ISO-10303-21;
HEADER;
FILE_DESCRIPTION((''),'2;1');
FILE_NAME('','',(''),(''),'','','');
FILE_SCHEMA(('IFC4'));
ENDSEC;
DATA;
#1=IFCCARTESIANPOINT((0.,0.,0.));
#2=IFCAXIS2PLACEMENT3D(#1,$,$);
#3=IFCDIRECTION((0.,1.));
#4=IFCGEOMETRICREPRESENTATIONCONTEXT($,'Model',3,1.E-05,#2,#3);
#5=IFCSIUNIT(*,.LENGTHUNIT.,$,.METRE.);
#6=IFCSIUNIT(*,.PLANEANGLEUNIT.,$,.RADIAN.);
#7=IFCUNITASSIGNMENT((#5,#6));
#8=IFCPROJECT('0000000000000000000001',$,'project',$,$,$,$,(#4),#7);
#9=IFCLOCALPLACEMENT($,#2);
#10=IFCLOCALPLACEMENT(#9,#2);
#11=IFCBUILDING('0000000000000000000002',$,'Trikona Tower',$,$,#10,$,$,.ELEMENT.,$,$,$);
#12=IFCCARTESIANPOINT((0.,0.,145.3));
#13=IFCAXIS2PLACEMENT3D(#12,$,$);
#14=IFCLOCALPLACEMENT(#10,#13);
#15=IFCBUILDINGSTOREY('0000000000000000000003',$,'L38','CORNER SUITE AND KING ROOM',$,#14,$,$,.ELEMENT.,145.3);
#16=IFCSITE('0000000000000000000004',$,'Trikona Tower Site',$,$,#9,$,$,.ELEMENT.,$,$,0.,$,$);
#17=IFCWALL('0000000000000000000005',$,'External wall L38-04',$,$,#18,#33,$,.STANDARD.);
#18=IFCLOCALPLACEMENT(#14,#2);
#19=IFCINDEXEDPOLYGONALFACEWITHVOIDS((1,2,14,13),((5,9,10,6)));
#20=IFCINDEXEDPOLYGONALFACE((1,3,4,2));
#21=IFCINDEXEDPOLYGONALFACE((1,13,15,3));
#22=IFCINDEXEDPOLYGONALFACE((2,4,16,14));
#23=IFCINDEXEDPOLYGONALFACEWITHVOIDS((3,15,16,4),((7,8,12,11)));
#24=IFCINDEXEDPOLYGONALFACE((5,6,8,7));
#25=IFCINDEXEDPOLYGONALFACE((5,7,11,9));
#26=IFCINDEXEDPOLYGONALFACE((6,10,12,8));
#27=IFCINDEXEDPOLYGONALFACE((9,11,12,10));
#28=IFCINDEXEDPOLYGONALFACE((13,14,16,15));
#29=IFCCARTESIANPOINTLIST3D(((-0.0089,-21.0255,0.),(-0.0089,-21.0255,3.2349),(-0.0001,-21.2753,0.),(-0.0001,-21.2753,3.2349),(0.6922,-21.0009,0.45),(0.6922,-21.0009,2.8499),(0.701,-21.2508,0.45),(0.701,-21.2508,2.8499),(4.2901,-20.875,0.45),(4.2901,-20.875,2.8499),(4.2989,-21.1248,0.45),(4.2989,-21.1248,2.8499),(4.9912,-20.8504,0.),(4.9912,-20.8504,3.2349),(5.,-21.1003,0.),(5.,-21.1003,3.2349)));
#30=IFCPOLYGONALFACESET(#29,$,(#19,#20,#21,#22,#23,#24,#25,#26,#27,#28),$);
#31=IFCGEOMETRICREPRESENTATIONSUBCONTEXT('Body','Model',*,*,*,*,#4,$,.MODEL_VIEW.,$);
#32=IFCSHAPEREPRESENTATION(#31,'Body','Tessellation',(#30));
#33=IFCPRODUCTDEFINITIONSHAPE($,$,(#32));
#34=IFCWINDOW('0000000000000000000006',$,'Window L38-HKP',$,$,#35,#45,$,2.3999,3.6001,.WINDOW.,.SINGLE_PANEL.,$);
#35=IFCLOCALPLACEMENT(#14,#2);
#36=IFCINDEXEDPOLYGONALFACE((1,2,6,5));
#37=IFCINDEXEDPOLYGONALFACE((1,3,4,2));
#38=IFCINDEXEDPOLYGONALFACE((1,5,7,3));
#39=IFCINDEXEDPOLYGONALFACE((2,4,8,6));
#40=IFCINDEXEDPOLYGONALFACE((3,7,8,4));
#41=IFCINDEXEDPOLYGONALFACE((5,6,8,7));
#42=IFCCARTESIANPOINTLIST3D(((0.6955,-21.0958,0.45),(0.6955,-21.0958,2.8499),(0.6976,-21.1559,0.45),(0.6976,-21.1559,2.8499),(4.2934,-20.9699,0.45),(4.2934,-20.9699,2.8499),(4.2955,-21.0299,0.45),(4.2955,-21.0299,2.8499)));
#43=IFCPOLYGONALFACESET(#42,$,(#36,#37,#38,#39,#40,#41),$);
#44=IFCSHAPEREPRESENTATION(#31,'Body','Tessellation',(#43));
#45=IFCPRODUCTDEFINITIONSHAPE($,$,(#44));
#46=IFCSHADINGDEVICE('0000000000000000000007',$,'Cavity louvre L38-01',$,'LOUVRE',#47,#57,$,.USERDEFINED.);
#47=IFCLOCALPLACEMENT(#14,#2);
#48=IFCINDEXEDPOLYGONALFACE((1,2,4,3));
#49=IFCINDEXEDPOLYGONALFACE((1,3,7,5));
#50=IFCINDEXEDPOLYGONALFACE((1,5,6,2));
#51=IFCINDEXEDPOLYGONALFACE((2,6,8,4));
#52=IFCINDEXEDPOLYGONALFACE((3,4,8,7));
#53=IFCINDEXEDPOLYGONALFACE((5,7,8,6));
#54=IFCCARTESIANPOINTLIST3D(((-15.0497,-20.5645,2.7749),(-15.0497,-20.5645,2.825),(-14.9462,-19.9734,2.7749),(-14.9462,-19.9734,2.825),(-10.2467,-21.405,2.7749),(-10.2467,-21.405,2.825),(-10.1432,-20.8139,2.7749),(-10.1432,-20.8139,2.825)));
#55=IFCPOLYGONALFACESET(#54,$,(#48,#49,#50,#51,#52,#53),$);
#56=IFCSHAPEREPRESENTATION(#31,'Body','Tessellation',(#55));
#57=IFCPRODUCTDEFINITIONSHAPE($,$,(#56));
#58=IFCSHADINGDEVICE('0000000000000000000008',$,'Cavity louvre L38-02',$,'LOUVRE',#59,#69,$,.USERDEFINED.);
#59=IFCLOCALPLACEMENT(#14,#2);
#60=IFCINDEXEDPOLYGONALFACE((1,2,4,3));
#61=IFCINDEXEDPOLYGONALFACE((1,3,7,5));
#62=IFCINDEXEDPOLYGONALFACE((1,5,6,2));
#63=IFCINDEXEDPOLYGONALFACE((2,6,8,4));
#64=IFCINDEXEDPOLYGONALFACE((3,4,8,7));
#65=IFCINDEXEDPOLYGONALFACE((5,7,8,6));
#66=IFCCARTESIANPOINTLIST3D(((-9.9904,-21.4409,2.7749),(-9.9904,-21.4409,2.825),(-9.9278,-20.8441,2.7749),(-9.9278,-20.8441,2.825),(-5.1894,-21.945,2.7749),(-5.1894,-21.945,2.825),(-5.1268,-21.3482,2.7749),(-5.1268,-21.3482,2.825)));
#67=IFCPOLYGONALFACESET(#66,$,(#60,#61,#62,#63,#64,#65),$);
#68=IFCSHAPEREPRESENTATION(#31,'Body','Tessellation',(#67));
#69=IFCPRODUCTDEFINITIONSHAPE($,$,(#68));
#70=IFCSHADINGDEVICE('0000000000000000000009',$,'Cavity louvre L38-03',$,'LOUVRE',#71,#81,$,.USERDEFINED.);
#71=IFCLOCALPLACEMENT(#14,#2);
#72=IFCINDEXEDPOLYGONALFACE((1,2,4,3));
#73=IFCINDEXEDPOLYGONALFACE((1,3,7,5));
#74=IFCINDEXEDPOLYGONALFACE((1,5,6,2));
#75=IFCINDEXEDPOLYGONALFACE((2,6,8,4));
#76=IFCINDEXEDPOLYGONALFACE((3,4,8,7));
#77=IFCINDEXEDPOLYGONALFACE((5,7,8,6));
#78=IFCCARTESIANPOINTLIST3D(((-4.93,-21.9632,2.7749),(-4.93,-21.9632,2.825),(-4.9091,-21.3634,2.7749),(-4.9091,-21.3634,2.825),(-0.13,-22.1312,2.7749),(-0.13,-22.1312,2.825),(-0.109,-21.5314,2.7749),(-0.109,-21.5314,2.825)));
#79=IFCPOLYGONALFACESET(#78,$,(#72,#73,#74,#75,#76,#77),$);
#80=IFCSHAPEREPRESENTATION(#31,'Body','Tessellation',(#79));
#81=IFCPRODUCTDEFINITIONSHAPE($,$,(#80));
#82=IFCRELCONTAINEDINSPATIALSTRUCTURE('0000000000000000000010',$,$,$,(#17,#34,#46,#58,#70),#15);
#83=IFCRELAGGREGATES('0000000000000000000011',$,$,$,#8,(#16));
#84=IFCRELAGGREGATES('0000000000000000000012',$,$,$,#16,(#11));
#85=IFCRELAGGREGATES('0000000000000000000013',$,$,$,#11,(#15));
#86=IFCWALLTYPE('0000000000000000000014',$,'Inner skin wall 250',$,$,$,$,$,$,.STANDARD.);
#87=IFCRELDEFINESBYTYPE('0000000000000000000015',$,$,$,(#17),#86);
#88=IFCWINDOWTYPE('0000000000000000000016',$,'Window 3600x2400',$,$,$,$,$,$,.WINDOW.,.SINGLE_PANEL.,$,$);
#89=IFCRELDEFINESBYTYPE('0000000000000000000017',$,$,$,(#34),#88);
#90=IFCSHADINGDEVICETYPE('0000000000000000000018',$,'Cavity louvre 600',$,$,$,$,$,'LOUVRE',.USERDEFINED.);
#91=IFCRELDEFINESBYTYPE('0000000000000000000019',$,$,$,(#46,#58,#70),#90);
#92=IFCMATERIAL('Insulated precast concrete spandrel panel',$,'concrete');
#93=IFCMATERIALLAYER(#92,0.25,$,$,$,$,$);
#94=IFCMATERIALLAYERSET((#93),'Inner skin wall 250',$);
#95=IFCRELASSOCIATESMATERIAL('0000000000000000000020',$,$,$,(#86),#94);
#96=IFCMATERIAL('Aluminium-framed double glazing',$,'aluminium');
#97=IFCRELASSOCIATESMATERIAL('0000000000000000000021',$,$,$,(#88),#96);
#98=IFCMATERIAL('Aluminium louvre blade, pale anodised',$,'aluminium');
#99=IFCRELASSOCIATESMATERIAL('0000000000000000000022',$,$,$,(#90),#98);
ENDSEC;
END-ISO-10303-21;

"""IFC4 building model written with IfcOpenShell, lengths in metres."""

from ifc_helpers import new_model, si_unit, direction, frame, frame_2d, origin, origin_2d, place, context, subcontext, project, spatial, rectangle, extrude, material, layer, layer_set, type_object, element, fill, save


model = new_model("IFC4")

# Units and contexts
model_context = context("Model", 3, precision=1e-05, world=origin(), true_north=direction((0.0, 1.0)))
body_context = subcontext(model_context, "Body", "Model", "MODEL_VIEW")
ifc_project = project(units=[si_unit("LENGTHUNIT", "METRE"), si_unit("PLANEANGLEUNIT", "RADIAN")], contexts=[model_context])

# Site, building, storey
site_placement = place(None, origin())
site = spatial("IfcSite", under=ifc_project, at=site_placement, Name="Trikona Tower Site", CompositionType="ELEMENT", RefElevation=0.0)
building_placement = place(site_placement, origin())
building = spatial("IfcBuilding", under=site, at=building_placement, Name="Trikona Tower", CompositionType="ELEMENT")
storey_placement = place(building_placement, frame((0.0, 0.0, 145.3)))
storey = spatial("IfcBuildingStorey", under=building, at=storey_placement, Name="L38", Description="CORNER SUITE AND KING ROOM", CompositionType="ELEMENT", Elevation=145.3)

# Wall, opening, window
ifc_material_1 = material(Name="Insulated precast concrete spandrel panel", Category="concrete")
ifc_layer_1 = layer(ifc_material_1, 0.25)
ifc_layer_set_1 = layer_set([ifc_layer_1], Name="Inner skin wall 250")
wall_type = type_object("IfcWallType", Name="Inner skin wall 250", PredefinedType="STANDARD", material=ifc_layer_set_1)
ifc_material_2 = material(Name="Aluminium-framed double glazing", Category="aluminium")
window_type = type_object("IfcWindowType", Name="Window 3600x2400", PartitioningType="SINGLE_PANEL", PredefinedType="WINDOW", material=ifc_material_2)
wall_1_placement = place(storey_placement, frame((-0.0044, -21.1504, 0.0), z_axis=(0.0, 0.0, 1.0), x_axis=(0.999388, 0.034988, 0.0)))
wall_1 = element("IfcWall", 1, at=wall_1_placement, inside=storey, type_object=wall_type, Name="External wall L38-04", PredefinedType="STANDARD", context=body_context, shape_type="SweptSolid", body=[
    extrude(rectangle(XDim=5.0032, YDim=0.25, at=frame_2d((2.5015, 0.0))), origin(), (0.0, 0.0, 1.0), 3.2349),
])
opening_1_placement = place(wall_1_placement, frame((0.7014, 0.0, 0.45)))
opening_1 = element("IfcOpeningElement", 2, at=opening_1_placement, cuts=wall_1, PredefinedType="OPENING", context=body_context, shape_type="SweptSolid", body=[
    extrude(rectangle(XDim=3.6001, YDim=2.3999, at=frame_2d((1.8, 1.2))), frame((0.0, 0.135, 0.0), z_axis=(0.0, -1.0, 0.0), x_axis=(1.0, 0.0, 0.0)), (0.0, 0.0, 1.0), 0.27),
])
window_1_placement = place(opening_1_placement, origin())
window_1 = element("IfcWindow", 3, at=window_1_placement, inside=storey, type_object=window_type, Name="Window L38-HKP", OverallHeight=2.3999, OverallWidth=3.6001, PartitioningType="SINGLE_PANEL", PredefinedType="WINDOW", context=body_context, shape_type="SweptSolid", body=[
    extrude(rectangle(XDim=3.6001, YDim=2.3999, at=frame_2d((1.8, 1.2))), frame((0.0, 0.03, 0.0), z_axis=(0.0, -1.0, 0.0), x_axis=(1.0, 0.0, 0.0)), (0.0, 0.0, 1.0), 0.0601),
])
fill(opening_1, window_1)

# Shading devices
ifc_material_3 = material(Name="Aluminium louvre blade, pale anodised", Category="aluminium")
shading_device_type = type_object("IfcShadingDeviceType", Name="Cavity louvre 600", ElementType="LOUVRE", PredefinedType="USERDEFINED", material=ifc_material_3)
shading_device_1_placement = place(storey_placement, frame((-12.5964, -20.6892, 2.7749), z_axis=(0.0, 0.0, 1.0), x_axis=(0.985031, -0.17238, 0.0)))
element("IfcShadingDevice", 4, at=shading_device_1_placement, inside=storey, type_object=shading_device_type, Name="Cavity louvre L38-01", ObjectType="LOUVRE", PredefinedType="USERDEFINED", context=body_context, shape_type="SweptSolid", body=[
    extrude(rectangle(XDim=4.876, YDim=0.6001, at=origin_2d()), origin(), (0.0, 0.0, 1.0), 0.05),
])
shading_device_2_placement = place(storey_placement, frame((-7.5586, -21.3945, 2.7749), z_axis=(0.0, 0.0, 1.0), x_axis=(0.994533, -0.104426, 0.0)))
element("IfcShadingDevice", 5, at=shading_device_2_placement, inside=storey, type_object=shading_device_type, Name="Cavity louvre L38-02", ObjectType="LOUVRE", PredefinedType="USERDEFINED", context=body_context, shape_type="SweptSolid", body=[
    extrude(rectangle(XDim=4.8274, YDim=0.6001, at=origin_2d()), origin(), (0.0, 0.0, 1.0), 0.05),
])
shading_device_3_placement = place(storey_placement, frame((-2.5195, -21.7473, 2.7749), z_axis=(0.0, 0.0, 1.0), x_axis=(0.999388, -0.034978, 0.0)))
element("IfcShadingDevice", 6, at=shading_device_3_placement, inside=storey, type_object=shading_device_type, Name="Cavity louvre L38-03", ObjectType="LOUVRE", PredefinedType="USERDEFINED", context=body_context, shape_type="SweptSolid", body=[
    extrude(rectangle(XDim=4.803, YDim=0.6001, at=origin_2d()), origin(), (0.0, 0.0, 1.0), 0.05),
])

save(model, "model.ifc")
